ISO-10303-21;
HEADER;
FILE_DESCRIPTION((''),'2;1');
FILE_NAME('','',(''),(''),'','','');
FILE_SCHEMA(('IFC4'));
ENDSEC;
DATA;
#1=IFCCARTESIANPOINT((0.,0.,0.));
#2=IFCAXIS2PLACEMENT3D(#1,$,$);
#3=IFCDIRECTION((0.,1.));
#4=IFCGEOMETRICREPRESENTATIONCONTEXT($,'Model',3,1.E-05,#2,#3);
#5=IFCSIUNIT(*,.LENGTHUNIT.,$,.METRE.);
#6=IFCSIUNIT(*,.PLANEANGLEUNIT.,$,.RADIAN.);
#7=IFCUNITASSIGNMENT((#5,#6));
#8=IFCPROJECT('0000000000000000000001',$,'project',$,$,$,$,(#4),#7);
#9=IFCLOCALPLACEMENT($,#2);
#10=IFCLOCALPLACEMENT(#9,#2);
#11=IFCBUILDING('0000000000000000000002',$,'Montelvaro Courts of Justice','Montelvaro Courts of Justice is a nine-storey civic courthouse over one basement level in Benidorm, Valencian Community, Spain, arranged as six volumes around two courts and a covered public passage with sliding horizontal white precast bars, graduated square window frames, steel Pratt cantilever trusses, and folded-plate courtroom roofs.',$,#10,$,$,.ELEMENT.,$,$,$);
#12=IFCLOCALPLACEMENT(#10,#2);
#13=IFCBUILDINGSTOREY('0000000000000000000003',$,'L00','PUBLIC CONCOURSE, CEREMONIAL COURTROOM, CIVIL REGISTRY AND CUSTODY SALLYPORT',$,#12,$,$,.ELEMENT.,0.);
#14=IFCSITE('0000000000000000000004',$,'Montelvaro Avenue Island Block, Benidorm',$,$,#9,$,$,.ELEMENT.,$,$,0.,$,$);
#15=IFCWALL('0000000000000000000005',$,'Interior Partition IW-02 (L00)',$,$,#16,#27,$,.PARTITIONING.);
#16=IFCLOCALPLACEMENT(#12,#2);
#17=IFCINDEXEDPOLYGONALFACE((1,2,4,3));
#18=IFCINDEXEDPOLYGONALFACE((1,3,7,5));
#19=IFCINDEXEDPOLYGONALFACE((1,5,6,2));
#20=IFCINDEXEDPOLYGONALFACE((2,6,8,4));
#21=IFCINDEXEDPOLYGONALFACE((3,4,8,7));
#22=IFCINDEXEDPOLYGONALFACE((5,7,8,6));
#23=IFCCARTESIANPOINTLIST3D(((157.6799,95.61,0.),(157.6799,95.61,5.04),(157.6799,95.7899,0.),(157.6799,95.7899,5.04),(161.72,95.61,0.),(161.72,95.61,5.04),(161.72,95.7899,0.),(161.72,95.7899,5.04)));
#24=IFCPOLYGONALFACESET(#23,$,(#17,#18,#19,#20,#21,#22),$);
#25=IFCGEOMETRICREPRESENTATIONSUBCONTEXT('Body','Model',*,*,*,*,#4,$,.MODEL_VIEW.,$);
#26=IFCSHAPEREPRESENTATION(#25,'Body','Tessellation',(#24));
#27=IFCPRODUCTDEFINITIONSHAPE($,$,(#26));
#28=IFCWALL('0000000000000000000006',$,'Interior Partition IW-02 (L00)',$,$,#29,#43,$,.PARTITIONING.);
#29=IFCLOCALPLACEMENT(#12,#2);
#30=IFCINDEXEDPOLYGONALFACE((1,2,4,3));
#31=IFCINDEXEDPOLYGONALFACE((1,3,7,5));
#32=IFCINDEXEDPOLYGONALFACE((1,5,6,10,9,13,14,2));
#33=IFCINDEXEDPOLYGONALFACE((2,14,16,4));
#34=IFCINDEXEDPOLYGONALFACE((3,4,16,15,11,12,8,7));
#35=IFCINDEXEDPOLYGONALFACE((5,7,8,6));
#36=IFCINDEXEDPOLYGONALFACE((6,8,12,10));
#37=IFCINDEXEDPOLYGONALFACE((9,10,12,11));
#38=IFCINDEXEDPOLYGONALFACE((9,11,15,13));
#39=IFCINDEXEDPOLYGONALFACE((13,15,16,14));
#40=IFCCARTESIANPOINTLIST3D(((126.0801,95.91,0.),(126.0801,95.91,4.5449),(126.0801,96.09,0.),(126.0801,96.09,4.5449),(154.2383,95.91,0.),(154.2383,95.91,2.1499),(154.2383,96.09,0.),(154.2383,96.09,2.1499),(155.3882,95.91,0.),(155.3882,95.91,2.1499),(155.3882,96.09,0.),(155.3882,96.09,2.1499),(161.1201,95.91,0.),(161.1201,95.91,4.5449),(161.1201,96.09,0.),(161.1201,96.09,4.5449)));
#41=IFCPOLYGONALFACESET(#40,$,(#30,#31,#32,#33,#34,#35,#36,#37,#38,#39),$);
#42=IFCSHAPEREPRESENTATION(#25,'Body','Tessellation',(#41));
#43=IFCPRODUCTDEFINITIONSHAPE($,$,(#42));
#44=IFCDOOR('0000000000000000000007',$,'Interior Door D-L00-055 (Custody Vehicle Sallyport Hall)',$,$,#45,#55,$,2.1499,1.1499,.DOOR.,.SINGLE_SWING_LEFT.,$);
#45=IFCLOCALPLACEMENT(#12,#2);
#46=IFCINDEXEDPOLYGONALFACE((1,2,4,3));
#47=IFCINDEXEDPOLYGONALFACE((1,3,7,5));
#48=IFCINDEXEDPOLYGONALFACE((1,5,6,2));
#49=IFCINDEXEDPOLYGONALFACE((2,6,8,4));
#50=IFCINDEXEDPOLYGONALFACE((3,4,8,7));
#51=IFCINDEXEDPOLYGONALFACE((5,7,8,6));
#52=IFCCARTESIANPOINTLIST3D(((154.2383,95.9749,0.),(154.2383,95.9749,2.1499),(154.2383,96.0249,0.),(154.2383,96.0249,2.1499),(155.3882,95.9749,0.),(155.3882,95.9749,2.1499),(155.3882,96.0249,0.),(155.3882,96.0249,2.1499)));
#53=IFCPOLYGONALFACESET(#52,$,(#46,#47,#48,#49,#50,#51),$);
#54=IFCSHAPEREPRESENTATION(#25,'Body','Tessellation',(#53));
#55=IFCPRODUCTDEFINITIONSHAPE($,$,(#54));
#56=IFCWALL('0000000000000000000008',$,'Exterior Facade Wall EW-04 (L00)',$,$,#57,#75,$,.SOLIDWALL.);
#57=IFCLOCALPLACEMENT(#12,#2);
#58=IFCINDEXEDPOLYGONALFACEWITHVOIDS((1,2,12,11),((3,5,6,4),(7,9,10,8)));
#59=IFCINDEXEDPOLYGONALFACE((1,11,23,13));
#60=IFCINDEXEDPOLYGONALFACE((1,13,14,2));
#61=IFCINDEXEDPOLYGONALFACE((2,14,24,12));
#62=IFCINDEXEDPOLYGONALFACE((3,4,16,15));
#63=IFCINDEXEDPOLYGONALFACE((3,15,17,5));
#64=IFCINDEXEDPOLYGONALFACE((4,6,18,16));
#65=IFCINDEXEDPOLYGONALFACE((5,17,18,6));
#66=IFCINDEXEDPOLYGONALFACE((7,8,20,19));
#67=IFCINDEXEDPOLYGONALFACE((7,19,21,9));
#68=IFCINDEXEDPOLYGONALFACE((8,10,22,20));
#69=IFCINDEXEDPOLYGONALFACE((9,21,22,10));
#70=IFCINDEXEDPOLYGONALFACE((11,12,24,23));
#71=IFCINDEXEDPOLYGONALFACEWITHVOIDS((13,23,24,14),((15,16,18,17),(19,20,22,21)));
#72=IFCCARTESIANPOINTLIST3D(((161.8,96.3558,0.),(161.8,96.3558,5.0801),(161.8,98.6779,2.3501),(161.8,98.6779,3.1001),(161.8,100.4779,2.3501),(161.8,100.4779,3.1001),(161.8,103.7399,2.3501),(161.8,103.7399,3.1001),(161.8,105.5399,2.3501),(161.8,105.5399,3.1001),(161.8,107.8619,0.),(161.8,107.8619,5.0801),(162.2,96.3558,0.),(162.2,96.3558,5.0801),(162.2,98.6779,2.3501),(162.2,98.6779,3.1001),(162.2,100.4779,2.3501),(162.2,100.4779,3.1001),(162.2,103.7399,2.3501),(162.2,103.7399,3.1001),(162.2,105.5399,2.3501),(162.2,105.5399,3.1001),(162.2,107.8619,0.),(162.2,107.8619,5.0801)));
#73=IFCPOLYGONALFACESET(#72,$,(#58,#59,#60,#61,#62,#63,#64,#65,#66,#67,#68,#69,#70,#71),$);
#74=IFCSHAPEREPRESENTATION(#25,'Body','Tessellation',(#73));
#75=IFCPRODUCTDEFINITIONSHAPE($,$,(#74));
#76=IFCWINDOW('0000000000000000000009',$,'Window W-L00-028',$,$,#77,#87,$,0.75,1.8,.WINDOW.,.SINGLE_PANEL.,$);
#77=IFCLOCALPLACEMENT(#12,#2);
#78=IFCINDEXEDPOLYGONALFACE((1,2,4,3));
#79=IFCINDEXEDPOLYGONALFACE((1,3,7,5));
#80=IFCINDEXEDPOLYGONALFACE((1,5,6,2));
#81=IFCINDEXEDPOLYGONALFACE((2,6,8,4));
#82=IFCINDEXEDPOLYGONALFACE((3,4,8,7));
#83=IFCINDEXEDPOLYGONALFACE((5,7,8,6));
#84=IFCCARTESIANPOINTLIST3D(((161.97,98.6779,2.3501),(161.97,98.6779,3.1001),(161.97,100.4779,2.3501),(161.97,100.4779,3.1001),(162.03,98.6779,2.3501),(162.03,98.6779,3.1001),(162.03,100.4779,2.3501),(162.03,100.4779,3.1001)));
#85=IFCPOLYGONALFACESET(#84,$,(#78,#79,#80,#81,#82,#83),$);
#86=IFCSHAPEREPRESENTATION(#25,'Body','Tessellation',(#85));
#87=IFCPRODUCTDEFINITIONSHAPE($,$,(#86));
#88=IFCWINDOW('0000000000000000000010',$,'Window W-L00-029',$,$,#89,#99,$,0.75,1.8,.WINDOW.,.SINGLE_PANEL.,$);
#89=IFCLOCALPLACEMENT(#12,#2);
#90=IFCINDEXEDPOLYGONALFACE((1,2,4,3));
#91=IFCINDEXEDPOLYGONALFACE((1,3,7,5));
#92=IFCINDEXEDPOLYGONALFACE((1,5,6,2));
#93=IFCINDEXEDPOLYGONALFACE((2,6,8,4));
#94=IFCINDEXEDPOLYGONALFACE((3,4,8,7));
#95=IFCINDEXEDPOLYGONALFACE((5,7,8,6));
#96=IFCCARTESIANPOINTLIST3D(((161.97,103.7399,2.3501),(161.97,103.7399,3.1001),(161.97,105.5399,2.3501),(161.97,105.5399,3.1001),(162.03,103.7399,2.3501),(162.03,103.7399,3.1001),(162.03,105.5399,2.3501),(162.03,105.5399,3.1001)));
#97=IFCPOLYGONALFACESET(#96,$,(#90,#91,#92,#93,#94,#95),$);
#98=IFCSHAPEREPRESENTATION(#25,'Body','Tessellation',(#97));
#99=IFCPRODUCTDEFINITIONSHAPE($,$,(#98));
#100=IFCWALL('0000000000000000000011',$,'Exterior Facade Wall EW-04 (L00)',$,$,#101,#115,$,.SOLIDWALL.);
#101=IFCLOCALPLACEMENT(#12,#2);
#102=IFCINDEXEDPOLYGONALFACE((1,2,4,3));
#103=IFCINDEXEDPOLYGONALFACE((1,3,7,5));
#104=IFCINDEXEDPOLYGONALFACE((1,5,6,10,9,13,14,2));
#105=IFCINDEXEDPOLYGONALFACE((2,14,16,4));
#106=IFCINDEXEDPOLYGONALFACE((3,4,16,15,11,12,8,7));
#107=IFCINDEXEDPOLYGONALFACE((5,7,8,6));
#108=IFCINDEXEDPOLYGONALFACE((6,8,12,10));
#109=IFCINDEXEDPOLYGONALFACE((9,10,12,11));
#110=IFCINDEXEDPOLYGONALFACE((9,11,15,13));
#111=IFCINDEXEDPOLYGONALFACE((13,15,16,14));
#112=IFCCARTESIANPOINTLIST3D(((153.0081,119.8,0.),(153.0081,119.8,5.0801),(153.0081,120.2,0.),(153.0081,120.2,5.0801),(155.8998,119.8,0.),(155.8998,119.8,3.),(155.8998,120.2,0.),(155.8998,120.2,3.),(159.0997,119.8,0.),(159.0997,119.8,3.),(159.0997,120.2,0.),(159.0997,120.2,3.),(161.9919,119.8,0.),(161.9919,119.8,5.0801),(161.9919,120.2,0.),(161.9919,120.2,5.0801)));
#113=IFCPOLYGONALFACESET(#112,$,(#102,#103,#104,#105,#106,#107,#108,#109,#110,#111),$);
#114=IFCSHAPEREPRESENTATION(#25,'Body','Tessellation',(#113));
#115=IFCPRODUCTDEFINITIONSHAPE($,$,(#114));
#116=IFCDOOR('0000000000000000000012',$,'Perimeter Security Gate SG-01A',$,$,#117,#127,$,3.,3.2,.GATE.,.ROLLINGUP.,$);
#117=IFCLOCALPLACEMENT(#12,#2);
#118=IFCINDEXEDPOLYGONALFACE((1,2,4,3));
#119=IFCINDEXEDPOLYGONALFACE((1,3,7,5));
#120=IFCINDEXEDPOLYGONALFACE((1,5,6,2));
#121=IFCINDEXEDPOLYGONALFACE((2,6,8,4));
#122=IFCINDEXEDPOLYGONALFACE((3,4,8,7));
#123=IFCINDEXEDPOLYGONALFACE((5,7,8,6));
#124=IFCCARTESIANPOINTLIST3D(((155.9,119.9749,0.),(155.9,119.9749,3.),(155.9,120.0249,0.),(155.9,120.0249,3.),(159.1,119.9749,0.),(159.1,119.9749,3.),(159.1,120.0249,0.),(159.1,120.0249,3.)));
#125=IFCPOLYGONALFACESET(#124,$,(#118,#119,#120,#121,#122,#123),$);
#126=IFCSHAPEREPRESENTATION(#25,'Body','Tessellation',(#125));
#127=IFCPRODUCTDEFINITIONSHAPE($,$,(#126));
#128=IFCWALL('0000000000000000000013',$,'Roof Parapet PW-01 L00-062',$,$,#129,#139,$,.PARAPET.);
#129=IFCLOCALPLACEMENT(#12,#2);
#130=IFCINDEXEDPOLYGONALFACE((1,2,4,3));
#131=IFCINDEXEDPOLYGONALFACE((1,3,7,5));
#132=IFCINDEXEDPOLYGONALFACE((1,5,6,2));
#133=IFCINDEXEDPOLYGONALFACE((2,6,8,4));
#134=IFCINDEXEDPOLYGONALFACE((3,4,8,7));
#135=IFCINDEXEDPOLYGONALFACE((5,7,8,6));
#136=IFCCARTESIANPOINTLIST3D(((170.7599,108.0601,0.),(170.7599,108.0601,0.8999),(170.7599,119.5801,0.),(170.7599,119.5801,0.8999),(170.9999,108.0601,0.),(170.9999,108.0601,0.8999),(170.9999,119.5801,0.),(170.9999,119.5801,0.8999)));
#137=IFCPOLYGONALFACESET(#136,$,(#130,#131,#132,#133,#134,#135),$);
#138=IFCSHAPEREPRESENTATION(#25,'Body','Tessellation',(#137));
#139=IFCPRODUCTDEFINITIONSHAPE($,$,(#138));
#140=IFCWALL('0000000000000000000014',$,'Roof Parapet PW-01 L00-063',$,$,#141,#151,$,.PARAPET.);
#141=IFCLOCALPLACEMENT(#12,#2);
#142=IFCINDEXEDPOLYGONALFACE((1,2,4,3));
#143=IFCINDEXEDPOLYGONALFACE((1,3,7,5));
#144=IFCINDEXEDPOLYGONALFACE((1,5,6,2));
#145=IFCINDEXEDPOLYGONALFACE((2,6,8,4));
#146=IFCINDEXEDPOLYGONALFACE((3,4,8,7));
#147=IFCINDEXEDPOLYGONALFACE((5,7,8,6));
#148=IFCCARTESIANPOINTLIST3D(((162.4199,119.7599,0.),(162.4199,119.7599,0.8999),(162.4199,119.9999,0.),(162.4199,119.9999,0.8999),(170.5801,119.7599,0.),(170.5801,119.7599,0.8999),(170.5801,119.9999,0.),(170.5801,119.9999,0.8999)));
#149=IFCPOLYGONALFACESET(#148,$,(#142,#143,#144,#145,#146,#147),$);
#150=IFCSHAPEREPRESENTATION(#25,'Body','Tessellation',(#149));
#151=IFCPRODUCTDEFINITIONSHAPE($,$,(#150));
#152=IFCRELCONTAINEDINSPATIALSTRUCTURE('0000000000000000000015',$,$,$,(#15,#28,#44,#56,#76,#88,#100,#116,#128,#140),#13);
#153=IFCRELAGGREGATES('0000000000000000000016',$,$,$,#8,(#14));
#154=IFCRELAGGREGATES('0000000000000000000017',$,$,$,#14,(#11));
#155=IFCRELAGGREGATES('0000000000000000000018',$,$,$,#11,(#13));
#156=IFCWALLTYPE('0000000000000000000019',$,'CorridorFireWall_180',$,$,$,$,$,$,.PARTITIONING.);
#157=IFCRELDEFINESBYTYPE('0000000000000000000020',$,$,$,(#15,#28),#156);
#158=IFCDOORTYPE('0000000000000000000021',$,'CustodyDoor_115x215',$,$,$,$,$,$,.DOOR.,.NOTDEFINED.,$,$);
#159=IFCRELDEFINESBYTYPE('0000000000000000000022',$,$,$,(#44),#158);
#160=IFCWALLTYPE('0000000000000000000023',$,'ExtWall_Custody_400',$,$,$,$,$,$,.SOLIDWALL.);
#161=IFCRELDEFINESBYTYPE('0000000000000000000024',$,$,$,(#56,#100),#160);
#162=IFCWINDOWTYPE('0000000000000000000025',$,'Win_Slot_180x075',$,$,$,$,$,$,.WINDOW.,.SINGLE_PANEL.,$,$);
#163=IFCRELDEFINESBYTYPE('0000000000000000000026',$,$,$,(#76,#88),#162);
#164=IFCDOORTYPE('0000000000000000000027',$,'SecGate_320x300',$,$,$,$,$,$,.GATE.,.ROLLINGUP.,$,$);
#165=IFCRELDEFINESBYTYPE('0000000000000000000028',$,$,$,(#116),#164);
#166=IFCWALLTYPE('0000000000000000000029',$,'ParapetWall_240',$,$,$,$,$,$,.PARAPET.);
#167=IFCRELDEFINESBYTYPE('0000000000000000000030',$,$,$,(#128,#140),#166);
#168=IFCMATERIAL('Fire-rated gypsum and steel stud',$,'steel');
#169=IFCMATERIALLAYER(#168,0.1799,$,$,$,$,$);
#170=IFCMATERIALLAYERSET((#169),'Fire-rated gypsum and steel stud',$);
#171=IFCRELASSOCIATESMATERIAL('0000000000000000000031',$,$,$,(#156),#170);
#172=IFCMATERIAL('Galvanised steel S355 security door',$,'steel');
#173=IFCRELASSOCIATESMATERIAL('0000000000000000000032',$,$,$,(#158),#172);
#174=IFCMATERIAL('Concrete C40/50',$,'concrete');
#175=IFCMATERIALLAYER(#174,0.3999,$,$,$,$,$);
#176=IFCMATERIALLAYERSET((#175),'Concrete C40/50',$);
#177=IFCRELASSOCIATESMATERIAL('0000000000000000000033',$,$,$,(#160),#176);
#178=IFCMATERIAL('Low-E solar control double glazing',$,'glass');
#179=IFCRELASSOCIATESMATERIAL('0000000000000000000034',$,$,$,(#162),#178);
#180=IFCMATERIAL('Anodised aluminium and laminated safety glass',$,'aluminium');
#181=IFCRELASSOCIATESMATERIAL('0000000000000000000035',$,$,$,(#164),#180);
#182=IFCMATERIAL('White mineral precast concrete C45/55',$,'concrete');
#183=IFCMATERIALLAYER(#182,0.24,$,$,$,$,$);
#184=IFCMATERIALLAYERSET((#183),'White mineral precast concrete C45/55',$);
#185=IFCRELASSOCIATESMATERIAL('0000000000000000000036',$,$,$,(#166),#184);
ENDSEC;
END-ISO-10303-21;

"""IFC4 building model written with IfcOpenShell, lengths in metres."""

from ifc_helpers import new_model, si_unit, direction, frame, frame_2d, origin, place, context, subcontext, project, spatial, rectangle, extrude, material, layer, layer_set, type_object, element, fill, save


model = new_model("IFC4")

# Units and contexts
model_context = context("Model", 3, precision=1e-05, world=origin(), true_north=direction((0.0, 1.0)))
body_context = subcontext(model_context, "Body", "Model", "MODEL_VIEW")
ifc_project = project(units=[si_unit("LENGTHUNIT", "METRE"), si_unit("PLANEANGLEUNIT", "RADIAN")], contexts=[model_context])

# Site, building, storey
site_placement = place(None, origin())
site = spatial("IfcSite", under=ifc_project, at=site_placement, Name="Montelvaro Avenue Island Block, Benidorm", CompositionType="ELEMENT", RefElevation=0.0)
building_placement = place(site_placement, origin())
building = spatial("IfcBuilding", under=site, at=building_placement, Name="Montelvaro Courts of Justice", Description="Montelvaro Courts of Justice is a nine-storey civic courthouse over one basement level in Benidorm, Valencian Community, Spain, arranged as six volumes around two courts and a covered public passage with sliding horizontal white precast bars, graduated square window frames, steel Pratt cantilever trusses, and folded-plate courtroom roofs.", CompositionType="ELEMENT")
storey_placement = place(building_placement, origin())
storey = spatial("IfcBuildingStorey", under=building, at=storey_placement, Name="L00", Description="PUBLIC CONCOURSE, CEREMONIAL COURTROOM, CIVIL REGISTRY AND CUSTODY SALLYPORT", CompositionType="ELEMENT", Elevation=0.0)

# Wall
ifc_material_1 = material(Name="Fire-rated gypsum and steel stud", Category="steel")
ifc_layer_1 = layer(ifc_material_1, 0.1799)
ifc_layer_set_1 = layer_set([ifc_layer_1], Name="Fire-rated gypsum and steel stud")
wall_type_1 = type_object("IfcWallType", Name="CorridorFireWall_180", PredefinedType="PARTITIONING", material=ifc_layer_set_1)
wall_1_placement = place(storey_placement, frame((157.6799, 95.7, 0.0), z_axis=(0.0, 0.0, 1.0), x_axis=(1.0, 0.0, 0.0)))
element("IfcWall", 1, at=wall_1_placement, inside=storey, type_object=wall_type_1, Name="Interior Partition IW-02 (L00)", PredefinedType="PARTITIONING", context=body_context, shape_type="SweptSolid", body=[
    extrude(rectangle(XDim=4.04, YDim=0.1799, at=frame_2d((2.02, 0.0))), origin(), (0.0, 0.0, 1.0), 5.04),
])

# Wall, opening, door
wall_2_placement = place(storey_placement, frame((161.1201, 96.0, 0.0), z_axis=(0.0, 0.0, 1.0), x_axis=(-1.0, 0.0, 0.0)))
wall_2 = element("IfcWall", 2, at=wall_2_placement, inside=storey, type_object=wall_type_1, Name="Interior Partition IW-02 (L00)", PredefinedType="PARTITIONING", context=body_context, shape_type="SweptSolid", body=[
    extrude(rectangle(XDim=35.04, YDim=0.1799, at=frame_2d((17.52, 0.0))), origin(), (0.0, 0.0, 1.0), 4.5449),
])
opening_1_placement = place(wall_2_placement, frame((5.7319, 0.0, 0.0)))
opening_1 = element("IfcOpeningElement", 3, at=opening_1_placement, cuts=wall_2, PredefinedType="OPENING", context=body_context, shape_type="SweptSolid", body=[
    extrude(rectangle(XDim=1.1499, YDim=2.1499, at=frame_2d((0.575, 1.075))), frame((0.0, 0.105, 0.0), z_axis=(0.0, -1.0, 0.0), x_axis=(1.0, 0.0, 0.0)), (0.0, 0.0, 1.0), 0.2097),
])
ifc_material_2 = material(Name="Galvanised steel S355 security door", Category="steel")
door_type_1 = type_object("IfcDoorType", Name="CustodyDoor_115x215", OperationType="NOTDEFINED", PredefinedType="DOOR", material=ifc_material_2)
door_1_placement = place(opening_1_placement, frame((1.1499, 0.0, 0.0), z_axis=(0.0, 0.0, 1.0), x_axis=(-1.0, 0.0, 0.0)))
door_1 = element("IfcDoor", 4, at=door_1_placement, inside=storey, type_object=door_type_1, Name="Interior Door D-L00-055 (Custody Vehicle Sallyport Hall)", OperationType="SINGLE_SWING_LEFT", OverallHeight=2.1499, OverallWidth=1.1499, PredefinedType="DOOR", context=body_context, shape_type="SweptSolid", body=[
    extrude(rectangle(XDim=1.1499, YDim=2.1499, at=frame_2d((0.575, 1.075))), frame((0.0, 0.0249, 0.0), z_axis=(0.0, -1.0, 0.0), x_axis=(1.0, 0.0, 0.0)), (0.0, 0.0, 1.0), 0.05),
])
fill(opening_1, door_1)

# Wall, openings, windows
ifc_material_3 = material(Name="Concrete C40/50", Category="concrete")
ifc_layer_2 = layer(ifc_material_3, 0.3999)
ifc_layer_set_2 = layer_set([ifc_layer_2], Name="Concrete C40/50")
wall_type_2 = type_object("IfcWallType", Name="ExtWall_Custody_400", PredefinedType="SOLIDWALL", material=ifc_layer_set_2)
wall_3_placement = place(storey_placement, frame((162.0, 96.356, 0.0), z_axis=(0.0, 0.0, 1.0), x_axis=(0.0, 1.0, 0.0)))
wall_3 = element("IfcWall", 5, at=wall_3_placement, inside=storey, type_object=wall_type_2, Name="Exterior Facade Wall EW-04 (L00)", PredefinedType="SOLIDWALL", context=body_context, shape_type="SweptSolid", body=[
    extrude(rectangle(XDim=11.5061, YDim=0.3999, at=frame_2d((5.7529, 0.0))), origin(), (0.0, 0.0, 1.0), 5.0801),
])
opening_2_placement = place(wall_3_placement, frame((2.322, 0.0, 2.3501)))
opening_2 = element("IfcOpeningElement", 6, at=opening_2_placement, cuts=wall_3, PredefinedType="OPENING", context=body_context, shape_type="SweptSolid", body=[
    extrude(rectangle(XDim=1.8, YDim=0.75, at=frame_2d((0.8999, 0.375))), frame((0.0, 0.2148, 0.0), z_axis=(0.0, -1.0, 0.0), x_axis=(1.0, 0.0, 0.0)), (0.0, 0.0, 1.0), 0.4297),
])
opening_3_placement = place(wall_3_placement, frame((7.384, 0.0, 2.3501)))
opening_3 = element("IfcOpeningElement", 7, at=opening_3_placement, cuts=wall_3, PredefinedType="OPENING", context=body_context, shape_type="SweptSolid", body=[
    extrude(rectangle(XDim=1.8, YDim=0.75, at=frame_2d((0.8999, 0.375))), frame((0.0, 0.2148, 0.0), z_axis=(0.0, -1.0, 0.0), x_axis=(1.0, 0.0, 0.0)), (0.0, 0.0, 1.0), 0.4297),
])
ifc_material_4 = material(Name="Low-E solar control double glazing", Category="glass")
window_type = type_object("IfcWindowType", Name="Win_Slot_180x075", PartitioningType="SINGLE_PANEL", PredefinedType="WINDOW", material=ifc_material_4)
window_1_placement = place(opening_2_placement, origin())
window_1 = element("IfcWindow", 8, at=window_1_placement, inside=storey, type_object=window_type, Name="Window W-L00-028", OverallHeight=0.75, OverallWidth=1.8, PartitioningType="SINGLE_PANEL", PredefinedType="WINDOW", context=body_context, shape_type="SweptSolid", body=[
    extrude(rectangle(XDim=1.8, YDim=0.75, at=frame_2d((0.8999, 0.375))), frame((0.0, 0.03, 0.0), z_axis=(0.0, -1.0, 0.0), x_axis=(1.0, 0.0, 0.0)), (0.0, 0.0, 1.0), 0.0601),
])
fill(opening_2, window_1)
window_2_placement = place(opening_3_placement, origin())
window_2 = element("IfcWindow", 9, at=window_2_placement, inside=storey, type_object=window_type, Name="Window W-L00-029", OverallHeight=0.75, OverallWidth=1.8, PartitioningType="SINGLE_PANEL", PredefinedType="WINDOW", context=body_context, shape_type="SweptSolid", body=[
    extrude(rectangle(XDim=1.8, YDim=0.75, at=frame_2d((0.8999, 0.375))), frame((0.0, 0.03, 0.0), z_axis=(0.0, -1.0, 0.0), x_axis=(1.0, 0.0, 0.0)), (0.0, 0.0, 1.0), 0.0601),
])
fill(opening_3, window_2)

# Wall, opening, door
wall_4_placement = place(storey_placement, frame((161.9919, 120.0, 0.0), z_axis=(0.0, 0.0, 1.0), x_axis=(-1.0, 0.0, 0.0)))
wall_4 = element("IfcWall", 10, at=wall_4_placement, inside=storey, type_object=wall_type_2, Name="Exterior Facade Wall EW-04 (L00)", PredefinedType="SOLIDWALL", context=body_context, shape_type="SweptSolid", body=[
    extrude(rectangle(XDim=8.9839, YDim=0.3999, at=frame_2d((4.4919, 0.0))), origin(), (0.0, 0.0, 1.0), 5.0801),
])
opening_4_placement = place(wall_4_placement, frame((2.8921, 0.0, 0.0)))
opening_4 = element("IfcOpeningElement", 11, at=opening_4_placement, cuts=wall_4, PredefinedType="OPENING", context=body_context, shape_type="SweptSolid", body=[
    extrude(rectangle(XDim=3.2, YDim=3.0, at=frame_2d((1.6001, 1.5))), frame((0.0, 0.2148, 0.0), z_axis=(0.0, -1.0, 0.0), x_axis=(1.0, 0.0, 0.0)), (0.0, 0.0, 1.0), 0.4297),
])
ifc_material_5 = material(Name="Anodised aluminium and laminated safety glass", Category="aluminium")
door_type_2 = type_object("IfcDoorType", Name="SecGate_320x300", OperationType="ROLLINGUP", PredefinedType="GATE", material=ifc_material_5)
door_2_placement = place(opening_4_placement, frame((3.2, 0.0, 0.0), z_axis=(0.0, 0.0, 1.0), x_axis=(-1.0, 0.0, 0.0)))
door_2 = element("IfcDoor", 12, at=door_2_placement, inside=storey, type_object=door_type_2, Name="Perimeter Security Gate SG-01A", OperationType="ROLLINGUP", OverallHeight=3.0, OverallWidth=3.2, PredefinedType="GATE", context=body_context, shape_type="SweptSolid", body=[
    extrude(rectangle(XDim=3.2, YDim=3.0, at=frame_2d((1.6001, 1.5))), frame((0.0, 0.0249, 0.0), z_axis=(0.0, -1.0, 0.0), x_axis=(1.0, 0.0, 0.0)), (0.0, 0.0, 1.0), 0.05),
])
fill(opening_4, door_2)

# Walls
ifc_material_6 = material(Name="White mineral precast concrete C45/55", Category="concrete")
ifc_layer_3 = layer(ifc_material_6, 0.24)
ifc_layer_set_3 = layer_set([ifc_layer_3], Name="White mineral precast concrete C45/55")
wall_type_3 = type_object("IfcWallType", Name="ParapetWall_240", PredefinedType="PARAPET", material=ifc_layer_set_3)
wall_5_placement = place(storey_placement, frame((170.8799, 108.0601, 0.0), z_axis=(0.0, 0.0, 1.0), x_axis=(0.0, 1.0, 0.0)))
element("IfcWall", 13, at=wall_5_placement, inside=storey, type_object=wall_type_3, Name="Roof Parapet PW-01 L00-062", PredefinedType="PARAPET", context=body_context, shape_type="SweptSolid", body=[
    extrude(rectangle(XDim=11.52, YDim=0.24, at=frame_2d((5.76, 0.0))), origin(), (0.0, 0.0, 1.0), 0.8999),
])
wall_6_placement = place(storey_placement, frame((162.4199, 119.8799, 0.0), z_axis=(0.0, 0.0, 1.0), x_axis=(1.0, 0.0, 0.0)))
element("IfcWall", 14, at=wall_6_placement, inside=storey, type_object=wall_type_3, Name="Roof Parapet PW-01 L00-063", PredefinedType="PARAPET", context=body_context, shape_type="SweptSolid", body=[
    extrude(rectangle(XDim=8.1602, YDim=0.24, at=frame_2d((4.0801, 0.0))), origin(), (0.0, 0.0, 1.0), 0.8999),
])

save(model, "model.ifc")
